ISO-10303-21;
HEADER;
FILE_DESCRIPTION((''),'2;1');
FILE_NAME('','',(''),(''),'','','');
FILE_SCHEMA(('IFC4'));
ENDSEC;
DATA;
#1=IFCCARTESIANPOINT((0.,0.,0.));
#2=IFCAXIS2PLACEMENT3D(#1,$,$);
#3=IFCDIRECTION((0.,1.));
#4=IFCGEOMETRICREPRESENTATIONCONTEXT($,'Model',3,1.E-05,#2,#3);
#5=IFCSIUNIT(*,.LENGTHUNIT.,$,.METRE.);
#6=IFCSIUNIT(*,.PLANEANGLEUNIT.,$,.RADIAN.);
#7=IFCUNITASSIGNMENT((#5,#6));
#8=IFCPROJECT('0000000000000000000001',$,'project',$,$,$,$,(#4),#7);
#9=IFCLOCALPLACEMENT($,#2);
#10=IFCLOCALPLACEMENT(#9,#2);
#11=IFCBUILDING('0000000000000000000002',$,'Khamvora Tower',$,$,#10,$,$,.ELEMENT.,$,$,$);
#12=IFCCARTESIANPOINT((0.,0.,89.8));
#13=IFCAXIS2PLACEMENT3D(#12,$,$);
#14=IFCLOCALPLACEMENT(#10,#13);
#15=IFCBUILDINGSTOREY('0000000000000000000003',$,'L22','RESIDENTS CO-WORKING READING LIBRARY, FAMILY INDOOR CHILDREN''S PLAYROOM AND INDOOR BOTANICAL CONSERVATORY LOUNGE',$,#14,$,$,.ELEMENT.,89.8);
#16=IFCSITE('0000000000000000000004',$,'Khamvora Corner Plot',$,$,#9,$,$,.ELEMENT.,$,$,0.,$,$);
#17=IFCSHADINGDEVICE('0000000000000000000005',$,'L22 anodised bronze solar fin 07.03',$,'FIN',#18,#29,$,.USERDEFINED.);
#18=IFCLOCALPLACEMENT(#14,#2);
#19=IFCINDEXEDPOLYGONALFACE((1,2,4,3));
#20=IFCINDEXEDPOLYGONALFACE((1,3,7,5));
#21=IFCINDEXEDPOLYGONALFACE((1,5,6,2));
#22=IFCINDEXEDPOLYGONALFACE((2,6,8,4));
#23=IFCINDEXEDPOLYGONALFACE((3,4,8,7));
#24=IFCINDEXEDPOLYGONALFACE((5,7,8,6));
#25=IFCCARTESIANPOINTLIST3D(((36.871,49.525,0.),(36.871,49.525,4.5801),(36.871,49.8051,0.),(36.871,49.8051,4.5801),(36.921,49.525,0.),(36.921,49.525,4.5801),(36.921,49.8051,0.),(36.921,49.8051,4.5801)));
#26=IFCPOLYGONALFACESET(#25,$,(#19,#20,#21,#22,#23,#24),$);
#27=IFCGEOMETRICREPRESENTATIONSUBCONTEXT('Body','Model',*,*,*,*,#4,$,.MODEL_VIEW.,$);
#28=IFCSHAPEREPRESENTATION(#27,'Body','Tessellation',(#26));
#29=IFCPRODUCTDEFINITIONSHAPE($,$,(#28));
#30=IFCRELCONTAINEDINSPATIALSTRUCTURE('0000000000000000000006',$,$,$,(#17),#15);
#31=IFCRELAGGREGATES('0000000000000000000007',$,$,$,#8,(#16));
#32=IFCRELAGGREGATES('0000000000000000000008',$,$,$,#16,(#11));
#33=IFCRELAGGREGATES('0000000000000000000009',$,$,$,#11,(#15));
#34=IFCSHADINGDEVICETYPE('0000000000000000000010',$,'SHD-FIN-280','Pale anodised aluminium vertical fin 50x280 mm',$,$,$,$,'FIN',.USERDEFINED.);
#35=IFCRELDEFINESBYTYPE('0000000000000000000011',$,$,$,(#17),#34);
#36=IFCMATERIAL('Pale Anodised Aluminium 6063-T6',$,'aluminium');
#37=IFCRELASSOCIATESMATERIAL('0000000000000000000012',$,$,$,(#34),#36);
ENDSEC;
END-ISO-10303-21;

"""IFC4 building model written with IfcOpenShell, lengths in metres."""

from ifc_helpers import new_model, si_unit, direction, frame, origin, origin_2d, place, context, subcontext, project, spatial, rectangle, extrude, material, type_object, element, save


model = new_model("IFC4")

# Units and contexts
model_context = context("Model", 3, precision=1e-05, world=origin(), true_north=direction((0.0, 1.0)))
body_context = subcontext(model_context, "Body", "Model", "MODEL_VIEW")
ifc_project = project(units=[si_unit("LENGTHUNIT", "METRE"), si_unit("PLANEANGLEUNIT", "RADIAN")], contexts=[model_context])

# Site, building, storey
site_placement = place(None, origin())
site = spatial("IfcSite", under=ifc_project, at=site_placement, Name="Khamvora Corner Plot", CompositionType="ELEMENT", RefElevation=0.0)
building_placement = place(site_placement, origin())
building = spatial("IfcBuilding", under=site, at=building_placement, Name="Khamvora Tower", CompositionType="ELEMENT")
storey_placement = place(building_placement, frame((0.0, 0.0, 89.8)))
storey = spatial("IfcBuildingStorey", under=building, at=storey_placement, Name="L22", Description="RESIDENTS CO-WORKING READING LIBRARY, FAMILY INDOOR CHILDREN'S PLAYROOM AND INDOOR BOTANICAL CONSERVATORY LOUNGE", CompositionType="ELEMENT", Elevation=89.8)

# Shading device
ifc_material_1 = material(Name="Pale Anodised Aluminium 6063-T6", Category="aluminium")
shading_device_type = type_object("IfcShadingDeviceType", Name="SHD-FIN-280", Description="Pale anodised aluminium vertical fin 50x280 mm", ElementType="FIN", PredefinedType="USERDEFINED", material=ifc_material_1)
shading_device_placement = place(storey_placement, frame((36.896, 49.665, 0.0), z_axis=(0.0, 0.0, 1.0), x_axis=(1.0, 0.0, 0.0)))
element("IfcShadingDevice", 1, at=shading_device_placement, inside=storey, type_object=shading_device_type, Name="L22 anodised bronze solar fin 07.03", ObjectType="FIN", PredefinedType="USERDEFINED", context=body_context, shape_type="SweptSolid", body=[
    extrude(rectangle(XDim=0.05, YDim=0.28, at=origin_2d()), origin(), (0.0, 0.0, 1.0), 4.5801),
])

save(model, "model.ifc")
